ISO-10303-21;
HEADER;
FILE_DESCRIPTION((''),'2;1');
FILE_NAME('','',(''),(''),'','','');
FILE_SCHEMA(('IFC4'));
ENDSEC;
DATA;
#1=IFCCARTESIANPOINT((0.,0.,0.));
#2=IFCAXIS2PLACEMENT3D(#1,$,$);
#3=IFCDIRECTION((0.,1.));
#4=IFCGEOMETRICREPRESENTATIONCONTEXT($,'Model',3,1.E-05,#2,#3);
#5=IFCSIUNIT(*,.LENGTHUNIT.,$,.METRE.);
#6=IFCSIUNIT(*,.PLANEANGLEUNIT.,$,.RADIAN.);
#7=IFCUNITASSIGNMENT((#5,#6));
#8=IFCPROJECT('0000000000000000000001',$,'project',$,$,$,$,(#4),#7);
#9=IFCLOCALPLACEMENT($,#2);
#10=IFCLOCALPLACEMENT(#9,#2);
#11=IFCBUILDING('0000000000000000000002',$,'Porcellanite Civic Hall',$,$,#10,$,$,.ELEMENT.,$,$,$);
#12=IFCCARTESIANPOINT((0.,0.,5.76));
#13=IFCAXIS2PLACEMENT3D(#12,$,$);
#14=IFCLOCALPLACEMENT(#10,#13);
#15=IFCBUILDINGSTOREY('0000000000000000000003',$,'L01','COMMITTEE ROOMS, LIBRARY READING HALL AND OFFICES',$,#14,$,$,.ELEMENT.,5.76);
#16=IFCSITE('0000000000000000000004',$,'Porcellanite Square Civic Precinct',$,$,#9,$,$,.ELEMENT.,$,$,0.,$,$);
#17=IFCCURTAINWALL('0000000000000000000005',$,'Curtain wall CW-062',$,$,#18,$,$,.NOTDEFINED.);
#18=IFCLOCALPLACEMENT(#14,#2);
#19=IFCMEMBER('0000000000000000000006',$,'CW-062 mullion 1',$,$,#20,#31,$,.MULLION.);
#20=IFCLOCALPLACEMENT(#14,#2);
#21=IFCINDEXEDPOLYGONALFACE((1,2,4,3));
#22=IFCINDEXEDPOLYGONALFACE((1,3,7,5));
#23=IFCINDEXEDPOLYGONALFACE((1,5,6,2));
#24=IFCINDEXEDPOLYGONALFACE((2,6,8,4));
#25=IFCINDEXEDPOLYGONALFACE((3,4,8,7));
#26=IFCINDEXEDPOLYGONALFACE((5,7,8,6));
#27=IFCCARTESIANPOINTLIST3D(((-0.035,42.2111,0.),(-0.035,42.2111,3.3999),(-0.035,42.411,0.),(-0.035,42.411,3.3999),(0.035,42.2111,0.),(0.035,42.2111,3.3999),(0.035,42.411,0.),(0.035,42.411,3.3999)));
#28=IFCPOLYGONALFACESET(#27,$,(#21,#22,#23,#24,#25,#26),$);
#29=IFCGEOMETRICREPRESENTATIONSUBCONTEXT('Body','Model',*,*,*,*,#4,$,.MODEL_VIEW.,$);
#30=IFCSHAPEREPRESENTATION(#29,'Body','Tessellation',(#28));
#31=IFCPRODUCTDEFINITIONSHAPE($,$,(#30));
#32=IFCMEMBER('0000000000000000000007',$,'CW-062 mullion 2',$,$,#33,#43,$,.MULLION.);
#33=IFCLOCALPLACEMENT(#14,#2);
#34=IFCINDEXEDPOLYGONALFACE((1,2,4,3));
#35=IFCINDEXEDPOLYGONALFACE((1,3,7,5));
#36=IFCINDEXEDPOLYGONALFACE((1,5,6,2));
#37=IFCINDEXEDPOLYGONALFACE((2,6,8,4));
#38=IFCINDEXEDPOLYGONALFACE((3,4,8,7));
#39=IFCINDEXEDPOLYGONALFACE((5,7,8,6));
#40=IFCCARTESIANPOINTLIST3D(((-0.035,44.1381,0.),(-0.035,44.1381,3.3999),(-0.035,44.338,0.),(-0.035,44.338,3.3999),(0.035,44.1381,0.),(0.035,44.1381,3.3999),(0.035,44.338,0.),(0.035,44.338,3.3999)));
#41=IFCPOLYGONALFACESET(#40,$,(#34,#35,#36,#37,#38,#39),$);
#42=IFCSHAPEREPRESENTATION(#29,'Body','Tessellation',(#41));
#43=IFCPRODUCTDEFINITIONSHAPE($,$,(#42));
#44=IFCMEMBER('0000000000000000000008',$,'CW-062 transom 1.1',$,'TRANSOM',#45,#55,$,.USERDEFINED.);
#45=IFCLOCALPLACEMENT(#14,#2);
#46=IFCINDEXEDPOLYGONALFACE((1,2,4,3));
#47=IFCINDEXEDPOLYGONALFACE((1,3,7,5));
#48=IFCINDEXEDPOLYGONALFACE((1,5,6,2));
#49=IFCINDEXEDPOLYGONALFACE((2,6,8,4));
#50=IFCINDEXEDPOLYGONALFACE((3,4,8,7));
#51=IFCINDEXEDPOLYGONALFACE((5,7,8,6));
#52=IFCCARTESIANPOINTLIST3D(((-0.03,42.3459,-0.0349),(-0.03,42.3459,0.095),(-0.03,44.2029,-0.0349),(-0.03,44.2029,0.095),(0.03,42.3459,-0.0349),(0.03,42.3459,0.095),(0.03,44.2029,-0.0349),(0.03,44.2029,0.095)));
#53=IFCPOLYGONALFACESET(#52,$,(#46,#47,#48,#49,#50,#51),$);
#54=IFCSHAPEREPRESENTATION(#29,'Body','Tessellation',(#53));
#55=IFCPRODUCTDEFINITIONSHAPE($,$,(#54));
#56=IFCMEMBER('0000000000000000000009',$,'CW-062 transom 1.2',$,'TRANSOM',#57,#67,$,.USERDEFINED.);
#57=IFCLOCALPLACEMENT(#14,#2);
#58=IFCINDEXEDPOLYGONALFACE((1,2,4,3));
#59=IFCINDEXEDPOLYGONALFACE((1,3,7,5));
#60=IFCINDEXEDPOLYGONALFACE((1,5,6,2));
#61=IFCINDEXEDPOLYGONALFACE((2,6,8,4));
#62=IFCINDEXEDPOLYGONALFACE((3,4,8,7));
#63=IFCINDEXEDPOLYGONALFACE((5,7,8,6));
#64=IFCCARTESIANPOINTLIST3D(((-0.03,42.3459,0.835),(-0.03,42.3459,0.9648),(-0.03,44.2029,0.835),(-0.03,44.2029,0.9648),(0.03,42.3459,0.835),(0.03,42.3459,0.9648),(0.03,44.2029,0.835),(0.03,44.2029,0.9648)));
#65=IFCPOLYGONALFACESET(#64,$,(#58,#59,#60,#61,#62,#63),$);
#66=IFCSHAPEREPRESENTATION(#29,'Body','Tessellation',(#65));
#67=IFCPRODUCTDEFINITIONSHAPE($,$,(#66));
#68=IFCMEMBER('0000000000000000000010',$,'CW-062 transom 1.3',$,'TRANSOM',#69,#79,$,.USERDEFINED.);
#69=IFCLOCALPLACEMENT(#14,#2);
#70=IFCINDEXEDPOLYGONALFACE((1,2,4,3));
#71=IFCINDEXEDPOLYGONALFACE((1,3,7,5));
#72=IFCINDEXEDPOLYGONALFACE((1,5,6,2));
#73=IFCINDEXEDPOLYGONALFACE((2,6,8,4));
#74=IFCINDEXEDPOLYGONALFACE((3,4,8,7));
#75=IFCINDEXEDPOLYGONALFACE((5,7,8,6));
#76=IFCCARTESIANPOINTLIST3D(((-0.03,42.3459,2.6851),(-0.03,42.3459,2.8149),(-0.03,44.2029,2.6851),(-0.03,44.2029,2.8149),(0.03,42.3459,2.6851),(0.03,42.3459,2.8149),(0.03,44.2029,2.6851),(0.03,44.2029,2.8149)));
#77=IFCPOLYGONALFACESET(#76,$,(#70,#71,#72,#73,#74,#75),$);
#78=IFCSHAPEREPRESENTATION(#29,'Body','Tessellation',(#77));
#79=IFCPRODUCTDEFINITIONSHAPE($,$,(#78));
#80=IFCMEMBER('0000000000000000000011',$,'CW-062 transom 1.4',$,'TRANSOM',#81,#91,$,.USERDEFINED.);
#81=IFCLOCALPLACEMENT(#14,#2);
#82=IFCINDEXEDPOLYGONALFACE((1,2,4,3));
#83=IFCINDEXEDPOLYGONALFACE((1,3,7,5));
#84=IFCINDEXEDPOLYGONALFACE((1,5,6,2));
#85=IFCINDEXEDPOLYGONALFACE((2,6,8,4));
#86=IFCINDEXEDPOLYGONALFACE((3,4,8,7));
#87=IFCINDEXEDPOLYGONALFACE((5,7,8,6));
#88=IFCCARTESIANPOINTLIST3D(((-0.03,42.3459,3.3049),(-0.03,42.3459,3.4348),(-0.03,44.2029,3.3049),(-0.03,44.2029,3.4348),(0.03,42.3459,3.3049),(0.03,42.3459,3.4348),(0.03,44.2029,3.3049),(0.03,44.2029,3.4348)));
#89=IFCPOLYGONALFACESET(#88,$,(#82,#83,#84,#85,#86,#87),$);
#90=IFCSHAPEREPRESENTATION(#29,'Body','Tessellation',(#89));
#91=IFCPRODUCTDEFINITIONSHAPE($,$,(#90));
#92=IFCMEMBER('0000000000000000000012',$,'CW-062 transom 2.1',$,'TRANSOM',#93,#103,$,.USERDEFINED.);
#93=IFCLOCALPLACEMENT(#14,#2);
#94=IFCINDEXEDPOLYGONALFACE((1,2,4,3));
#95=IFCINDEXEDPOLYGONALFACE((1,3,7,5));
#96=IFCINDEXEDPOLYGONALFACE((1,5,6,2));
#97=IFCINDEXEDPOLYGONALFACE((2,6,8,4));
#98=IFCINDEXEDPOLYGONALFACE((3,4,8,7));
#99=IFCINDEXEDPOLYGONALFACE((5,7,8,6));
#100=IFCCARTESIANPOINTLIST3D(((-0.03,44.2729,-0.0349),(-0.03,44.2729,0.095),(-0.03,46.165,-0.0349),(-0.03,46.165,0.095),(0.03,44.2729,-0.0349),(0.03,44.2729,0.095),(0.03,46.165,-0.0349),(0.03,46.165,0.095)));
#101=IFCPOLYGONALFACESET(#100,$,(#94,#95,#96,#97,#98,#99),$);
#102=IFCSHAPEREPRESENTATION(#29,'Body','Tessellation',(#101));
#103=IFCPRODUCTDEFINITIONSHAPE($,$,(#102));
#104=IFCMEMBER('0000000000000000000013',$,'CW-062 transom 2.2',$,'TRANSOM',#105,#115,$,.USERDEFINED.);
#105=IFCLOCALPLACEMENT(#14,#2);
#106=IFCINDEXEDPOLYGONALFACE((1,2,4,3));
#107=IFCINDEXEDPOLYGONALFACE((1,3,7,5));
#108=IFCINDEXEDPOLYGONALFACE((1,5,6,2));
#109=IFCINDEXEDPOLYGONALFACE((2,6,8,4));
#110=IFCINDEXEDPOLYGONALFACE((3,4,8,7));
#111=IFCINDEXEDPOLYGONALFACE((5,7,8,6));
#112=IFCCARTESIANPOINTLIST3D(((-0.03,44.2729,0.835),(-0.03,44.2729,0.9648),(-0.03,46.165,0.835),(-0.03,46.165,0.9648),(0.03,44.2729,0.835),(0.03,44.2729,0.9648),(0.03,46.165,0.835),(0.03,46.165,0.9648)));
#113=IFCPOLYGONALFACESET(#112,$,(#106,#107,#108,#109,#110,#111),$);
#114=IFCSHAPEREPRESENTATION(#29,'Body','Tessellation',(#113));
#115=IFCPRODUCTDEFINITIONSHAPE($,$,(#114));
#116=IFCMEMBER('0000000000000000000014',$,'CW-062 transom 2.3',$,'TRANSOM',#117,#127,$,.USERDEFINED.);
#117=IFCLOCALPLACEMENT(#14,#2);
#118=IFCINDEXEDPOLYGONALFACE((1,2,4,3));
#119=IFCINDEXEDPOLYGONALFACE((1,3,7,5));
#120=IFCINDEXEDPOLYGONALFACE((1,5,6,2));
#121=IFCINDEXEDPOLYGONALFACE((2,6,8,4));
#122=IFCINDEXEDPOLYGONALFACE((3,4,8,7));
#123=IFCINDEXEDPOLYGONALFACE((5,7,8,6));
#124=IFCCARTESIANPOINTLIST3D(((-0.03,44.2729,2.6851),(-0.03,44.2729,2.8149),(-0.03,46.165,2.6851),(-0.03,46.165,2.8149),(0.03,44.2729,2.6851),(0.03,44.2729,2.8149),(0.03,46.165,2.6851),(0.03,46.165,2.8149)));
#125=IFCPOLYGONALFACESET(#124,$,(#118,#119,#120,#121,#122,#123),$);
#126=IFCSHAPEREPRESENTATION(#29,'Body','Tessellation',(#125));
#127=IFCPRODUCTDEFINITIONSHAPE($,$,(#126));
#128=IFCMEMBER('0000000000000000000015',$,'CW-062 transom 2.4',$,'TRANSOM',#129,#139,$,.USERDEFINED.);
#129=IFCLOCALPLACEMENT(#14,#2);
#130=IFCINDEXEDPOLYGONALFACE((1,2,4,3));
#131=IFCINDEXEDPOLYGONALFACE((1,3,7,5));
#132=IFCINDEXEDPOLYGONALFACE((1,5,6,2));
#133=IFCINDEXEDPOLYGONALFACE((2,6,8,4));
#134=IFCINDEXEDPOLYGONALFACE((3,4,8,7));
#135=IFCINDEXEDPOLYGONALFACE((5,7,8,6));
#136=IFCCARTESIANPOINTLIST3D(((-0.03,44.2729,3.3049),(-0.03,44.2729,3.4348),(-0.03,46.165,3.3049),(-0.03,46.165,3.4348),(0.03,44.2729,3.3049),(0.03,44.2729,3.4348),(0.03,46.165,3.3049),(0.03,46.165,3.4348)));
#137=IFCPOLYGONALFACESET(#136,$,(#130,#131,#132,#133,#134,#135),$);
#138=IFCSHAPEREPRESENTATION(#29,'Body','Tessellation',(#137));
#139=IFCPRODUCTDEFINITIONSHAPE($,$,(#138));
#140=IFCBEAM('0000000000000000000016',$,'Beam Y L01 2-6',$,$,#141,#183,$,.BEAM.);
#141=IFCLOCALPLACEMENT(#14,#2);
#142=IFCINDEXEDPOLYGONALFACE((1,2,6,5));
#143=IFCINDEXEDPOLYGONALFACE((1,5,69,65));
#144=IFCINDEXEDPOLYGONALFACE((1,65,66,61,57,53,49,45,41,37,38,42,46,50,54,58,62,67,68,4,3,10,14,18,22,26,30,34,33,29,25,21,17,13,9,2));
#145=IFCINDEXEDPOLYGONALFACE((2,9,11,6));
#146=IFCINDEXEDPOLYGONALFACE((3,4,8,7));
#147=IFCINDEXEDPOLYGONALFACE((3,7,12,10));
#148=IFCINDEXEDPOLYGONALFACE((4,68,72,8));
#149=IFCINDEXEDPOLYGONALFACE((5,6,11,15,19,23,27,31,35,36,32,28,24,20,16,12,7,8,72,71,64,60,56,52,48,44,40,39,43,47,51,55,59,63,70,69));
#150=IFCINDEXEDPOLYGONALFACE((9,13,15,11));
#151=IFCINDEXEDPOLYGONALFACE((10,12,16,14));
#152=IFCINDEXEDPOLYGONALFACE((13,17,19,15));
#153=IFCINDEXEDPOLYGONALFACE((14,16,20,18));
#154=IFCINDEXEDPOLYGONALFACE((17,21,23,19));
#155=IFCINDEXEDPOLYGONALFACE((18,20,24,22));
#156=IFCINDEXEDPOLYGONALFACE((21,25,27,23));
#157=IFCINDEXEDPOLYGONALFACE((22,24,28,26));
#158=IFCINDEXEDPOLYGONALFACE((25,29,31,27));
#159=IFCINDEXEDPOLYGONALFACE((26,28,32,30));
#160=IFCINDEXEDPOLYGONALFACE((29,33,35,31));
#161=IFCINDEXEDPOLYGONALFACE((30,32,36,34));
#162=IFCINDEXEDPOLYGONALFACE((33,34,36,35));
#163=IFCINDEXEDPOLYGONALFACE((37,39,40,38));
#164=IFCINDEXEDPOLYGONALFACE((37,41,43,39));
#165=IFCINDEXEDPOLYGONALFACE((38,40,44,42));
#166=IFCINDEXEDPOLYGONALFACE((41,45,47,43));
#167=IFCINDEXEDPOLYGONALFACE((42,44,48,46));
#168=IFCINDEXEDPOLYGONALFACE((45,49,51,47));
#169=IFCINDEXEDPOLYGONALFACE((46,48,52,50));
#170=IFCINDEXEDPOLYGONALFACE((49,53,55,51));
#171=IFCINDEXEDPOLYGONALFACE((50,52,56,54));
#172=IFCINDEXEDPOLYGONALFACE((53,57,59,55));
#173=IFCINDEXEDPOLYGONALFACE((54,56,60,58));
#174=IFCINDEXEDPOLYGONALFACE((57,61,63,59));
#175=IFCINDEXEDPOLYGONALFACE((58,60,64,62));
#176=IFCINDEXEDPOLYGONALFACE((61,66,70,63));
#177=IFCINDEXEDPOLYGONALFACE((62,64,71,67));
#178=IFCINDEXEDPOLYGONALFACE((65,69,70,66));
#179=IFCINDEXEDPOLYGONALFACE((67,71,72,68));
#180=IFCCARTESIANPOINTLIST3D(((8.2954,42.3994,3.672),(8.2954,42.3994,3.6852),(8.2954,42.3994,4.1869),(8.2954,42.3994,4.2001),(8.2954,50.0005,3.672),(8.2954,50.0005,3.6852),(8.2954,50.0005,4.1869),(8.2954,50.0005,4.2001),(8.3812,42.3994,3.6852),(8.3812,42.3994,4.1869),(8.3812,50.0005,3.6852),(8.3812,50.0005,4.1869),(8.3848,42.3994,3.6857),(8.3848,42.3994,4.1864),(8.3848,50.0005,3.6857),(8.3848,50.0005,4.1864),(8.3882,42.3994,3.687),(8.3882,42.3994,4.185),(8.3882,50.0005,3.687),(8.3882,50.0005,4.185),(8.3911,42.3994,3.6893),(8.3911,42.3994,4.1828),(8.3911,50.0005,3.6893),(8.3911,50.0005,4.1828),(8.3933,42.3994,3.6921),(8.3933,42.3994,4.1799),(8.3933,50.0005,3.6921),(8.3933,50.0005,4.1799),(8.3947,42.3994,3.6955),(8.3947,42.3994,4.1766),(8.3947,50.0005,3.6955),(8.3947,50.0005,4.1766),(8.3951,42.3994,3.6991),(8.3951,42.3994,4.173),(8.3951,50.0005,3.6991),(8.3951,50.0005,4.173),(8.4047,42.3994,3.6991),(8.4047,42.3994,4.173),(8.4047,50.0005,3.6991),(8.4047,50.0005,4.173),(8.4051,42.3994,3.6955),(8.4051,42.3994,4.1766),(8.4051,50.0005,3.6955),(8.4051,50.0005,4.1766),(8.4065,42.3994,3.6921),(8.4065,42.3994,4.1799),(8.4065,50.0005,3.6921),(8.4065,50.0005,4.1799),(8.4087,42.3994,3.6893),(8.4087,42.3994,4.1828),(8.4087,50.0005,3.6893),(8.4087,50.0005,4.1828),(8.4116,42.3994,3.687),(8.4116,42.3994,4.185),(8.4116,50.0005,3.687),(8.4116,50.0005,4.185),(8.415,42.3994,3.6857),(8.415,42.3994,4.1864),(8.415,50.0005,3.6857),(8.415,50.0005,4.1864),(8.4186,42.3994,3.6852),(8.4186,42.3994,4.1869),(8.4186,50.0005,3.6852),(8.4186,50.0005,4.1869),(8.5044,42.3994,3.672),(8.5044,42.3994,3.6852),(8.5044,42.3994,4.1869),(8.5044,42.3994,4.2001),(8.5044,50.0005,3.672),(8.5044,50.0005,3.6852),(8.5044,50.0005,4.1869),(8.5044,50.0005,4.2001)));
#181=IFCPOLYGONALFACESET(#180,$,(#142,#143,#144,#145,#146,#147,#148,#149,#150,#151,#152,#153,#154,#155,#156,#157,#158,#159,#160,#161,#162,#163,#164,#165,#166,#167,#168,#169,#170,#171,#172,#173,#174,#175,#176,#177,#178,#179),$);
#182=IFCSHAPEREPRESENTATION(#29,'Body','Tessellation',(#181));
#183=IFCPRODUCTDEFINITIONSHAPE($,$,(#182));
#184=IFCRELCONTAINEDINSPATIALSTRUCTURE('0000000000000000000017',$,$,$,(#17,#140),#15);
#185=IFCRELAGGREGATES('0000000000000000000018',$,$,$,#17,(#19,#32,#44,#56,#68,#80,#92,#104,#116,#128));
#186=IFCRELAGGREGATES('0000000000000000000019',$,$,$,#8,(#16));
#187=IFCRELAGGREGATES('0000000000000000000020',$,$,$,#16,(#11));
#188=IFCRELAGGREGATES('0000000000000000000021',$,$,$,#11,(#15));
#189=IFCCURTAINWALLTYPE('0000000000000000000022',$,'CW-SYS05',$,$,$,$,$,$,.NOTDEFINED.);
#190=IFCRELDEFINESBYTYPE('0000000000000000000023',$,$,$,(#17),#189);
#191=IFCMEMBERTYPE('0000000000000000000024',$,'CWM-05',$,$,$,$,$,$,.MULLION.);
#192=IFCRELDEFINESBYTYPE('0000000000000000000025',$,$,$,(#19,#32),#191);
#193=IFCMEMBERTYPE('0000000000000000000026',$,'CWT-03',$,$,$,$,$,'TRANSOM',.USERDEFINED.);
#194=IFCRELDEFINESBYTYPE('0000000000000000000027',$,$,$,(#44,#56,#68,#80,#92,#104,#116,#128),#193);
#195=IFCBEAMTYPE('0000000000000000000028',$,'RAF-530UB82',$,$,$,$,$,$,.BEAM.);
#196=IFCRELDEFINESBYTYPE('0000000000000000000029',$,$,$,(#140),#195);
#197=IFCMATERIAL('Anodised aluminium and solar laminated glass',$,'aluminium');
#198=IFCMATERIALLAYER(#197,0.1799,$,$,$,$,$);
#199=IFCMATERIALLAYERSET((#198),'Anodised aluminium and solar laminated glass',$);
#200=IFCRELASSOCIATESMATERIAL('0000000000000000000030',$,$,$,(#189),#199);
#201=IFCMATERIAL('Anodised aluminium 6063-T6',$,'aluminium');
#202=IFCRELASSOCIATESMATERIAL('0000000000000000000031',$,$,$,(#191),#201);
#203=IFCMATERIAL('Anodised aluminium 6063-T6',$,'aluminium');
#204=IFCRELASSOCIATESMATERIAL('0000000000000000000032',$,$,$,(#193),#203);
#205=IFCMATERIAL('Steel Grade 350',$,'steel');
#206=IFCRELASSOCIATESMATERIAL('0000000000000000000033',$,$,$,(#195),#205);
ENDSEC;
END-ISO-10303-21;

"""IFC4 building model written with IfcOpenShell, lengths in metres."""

from ifc_helpers import new_model, si_unit, direction, frame, origin, origin_2d, place, context, subcontext, project, spatial, rectangle, i_section, extrude, material, layer, layer_set, material_profile, profile_set, type_object, element, aggregate, save


model = new_model("IFC4")

# Units and contexts
model_context = context("Model", 3, precision=1e-05, world=origin(), true_north=direction((0.0, 1.0)))
body_context = subcontext(model_context, "Body", "Model", "MODEL_VIEW")
ifc_project = project(units=[si_unit("LENGTHUNIT", "METRE"), si_unit("PLANEANGLEUNIT", "RADIAN")], contexts=[model_context])

# Site, building, storey
site_placement = place(None, origin())
site = spatial("IfcSite", under=ifc_project, at=site_placement, Name="Porcellanite Square Civic Precinct", CompositionType="ELEMENT", RefElevation=0.0)
building_placement = place(site_placement, origin())
building = spatial("IfcBuilding", under=site, at=building_placement, Name="Porcellanite Civic Hall", CompositionType="ELEMENT")
storey_placement = place(building_placement, frame((0.0, 0.0, 5.76)))
storey = spatial("IfcBuildingStorey", under=building, at=storey_placement, Name="L01", Description="COMMITTEE ROOMS, LIBRARY READING HALL AND OFFICES", CompositionType="ELEMENT", Elevation=5.76)

# Curtain wall, members
ifc_material_1 = material(Name="Anodised aluminium and solar laminated glass", Category="aluminium")
ifc_layer_1 = layer(ifc_material_1, 0.1799)
ifc_layer_set_1 = layer_set([ifc_layer_1], Name="Anodised aluminium and solar laminated glass")
curtain_wall_type = type_object("IfcCurtainWallType", Name="CW-SYS05", PredefinedType="NOTDEFINED", material=ifc_layer_set_1)
curtain_wall_placement = place(storey_placement, origin())
curtain_wall = element("IfcCurtainWall", 1, at=curtain_wall_placement, inside=storey, type_object=curtain_wall_type, Name="Curtain wall CW-062", PredefinedType="NOTDEFINED")
ifc_material_2 = material(Name="Anodised aluminium 6063-T6", Category="aluminium")
ifc_material_profile_1 = material_profile(ifc_material_2, rectangle(XDim=0.0701, YDim=0.2, at=origin_2d()), Name="AL-70x200")
ifc_profile_set_1 = profile_set([ifc_material_profile_1], Name="Anodised aluminium 6063-T6")
member_type_1 = type_object("IfcMemberType", Name="CWM-05", PredefinedType="MULLION", material=ifc_profile_set_1)
member_1_placement = place(storey_placement, frame((0.0, 42.311, 0.0), z_axis=(0.0, 0.0, 1.0), x_axis=(-1.0, 0.0, 0.0)))
member_1 = element("IfcMember", 2, at=member_1_placement, type_object=member_type_1, Name="CW-062 mullion 1", PredefinedType="MULLION", context=body_context, shape_type="SweptSolid", body=[
    extrude(rectangle(XDim=0.0701, YDim=0.2, at=origin_2d()), origin(), (0.0, 0.0, 1.0), 3.3999),
])
member_2_placement = place(storey_placement, frame((0.0, 44.238, 0.0), z_axis=(0.0, 0.0, 1.0), x_axis=(-1.0, 0.0, 0.0)))
member_2 = element("IfcMember", 3, at=member_2_placement, type_object=member_type_1, Name="CW-062 mullion 2", PredefinedType="MULLION", context=body_context, shape_type="SweptSolid", body=[
    extrude(rectangle(XDim=0.0701, YDim=0.2, at=origin_2d()), origin(), (0.0, 0.0, 1.0), 3.3999),
])
ifc_material_3 = material(Name="Anodised aluminium 6063-T6", Category="aluminium")
ifc_material_profile_2 = material_profile(ifc_material_3, rectangle(XDim=0.0601, YDim=0.1299, at=origin_2d()), Name="AL-60x130")
ifc_profile_set_2 = profile_set([ifc_material_profile_2], Name="Anodised aluminium 6063-T6")
member_type_2 = type_object("IfcMemberType", Name="CWT-03", ElementType="TRANSOM", PredefinedType="USERDEFINED", material=ifc_profile_set_2)
member_3_placement = place(storey_placement, frame((0.0, 42.3459, 0.03), z_axis=(0.0, 1.0, 0.0), x_axis=(-1.0, 0.0, 0.0)))
member_3 = element("IfcMember", 4, at=member_3_placement, type_object=member_type_2, Name="CW-062 transom 1.1", ObjectType="TRANSOM", PredefinedType="USERDEFINED", context=body_context, shape_type="SweptSolid", body=[
    extrude(rectangle(XDim=0.0601, YDim=0.1299, at=origin_2d()), origin(), (0.0, 0.0, 1.0), 1.8569),
])
member_4_placement = place(storey_placement, frame((0.0, 42.3459, 0.8999), z_axis=(0.0, 1.0, 0.0), x_axis=(-1.0, 0.0, 0.0)))
member_4 = element("IfcMember", 5, at=member_4_placement, type_object=member_type_2, Name="CW-062 transom 1.2", ObjectType="TRANSOM", PredefinedType="USERDEFINED", context=body_context, shape_type="SweptSolid", body=[
    extrude(rectangle(XDim=0.0601, YDim=0.1299, at=origin_2d()), origin(), (0.0, 0.0, 1.0), 1.8569),
])
member_5_placement = place(storey_placement, frame((0.0, 42.3459, 2.75), z_axis=(0.0, 1.0, 0.0), x_axis=(-1.0, 0.0, 0.0)))
member_5 = element("IfcMember", 6, at=member_5_placement, type_object=member_type_2, Name="CW-062 transom 1.3", ObjectType="TRANSOM", PredefinedType="USERDEFINED", context=body_context, shape_type="SweptSolid", body=[
    extrude(rectangle(XDim=0.0601, YDim=0.1299, at=origin_2d()), origin(), (0.0, 0.0, 1.0), 1.8569),
])
member_6_placement = place(storey_placement, frame((0.0, 42.3459, 3.3699), z_axis=(0.0, 1.0, 0.0), x_axis=(-1.0, 0.0, 0.0)))
member_6 = element("IfcMember", 7, at=member_6_placement, type_object=member_type_2, Name="CW-062 transom 1.4", ObjectType="TRANSOM", PredefinedType="USERDEFINED", context=body_context, shape_type="SweptSolid", body=[
    extrude(rectangle(XDim=0.0601, YDim=0.1299, at=origin_2d()), origin(), (0.0, 0.0, 1.0), 1.8569),
])
member_7_placement = place(storey_placement, frame((0.0, 44.2729, 0.03), z_axis=(0.0, 1.0, 0.0), x_axis=(-1.0, 0.0, 0.0)))
member_7 = element("IfcMember", 8, at=member_7_placement, type_object=member_type_2, Name="CW-062 transom 2.1", ObjectType="TRANSOM", PredefinedType="USERDEFINED", context=body_context, shape_type="SweptSolid", body=[
    extrude(rectangle(XDim=0.0601, YDim=0.1299, at=origin_2d()), origin(), (0.0, 0.0, 1.0), 1.8921),
])
member_8_placement = place(storey_placement, frame((0.0, 44.2729, 0.8999), z_axis=(0.0, 1.0, 0.0), x_axis=(-1.0, 0.0, 0.0)))
member_8 = element("IfcMember", 9, at=member_8_placement, type_object=member_type_2, Name="CW-062 transom 2.2", ObjectType="TRANSOM", PredefinedType="USERDEFINED", context=body_context, shape_type="SweptSolid", body=[
    extrude(rectangle(XDim=0.0601, YDim=0.1299, at=origin_2d()), origin(), (0.0, 0.0, 1.0), 1.8921),
])
member_9_placement = place(storey_placement, frame((0.0, 44.2729, 2.75), z_axis=(0.0, 1.0, 0.0), x_axis=(-1.0, 0.0, 0.0)))
member_9 = element("IfcMember", 10, at=member_9_placement, type_object=member_type_2, Name="CW-062 transom 2.3", ObjectType="TRANSOM", PredefinedType="USERDEFINED", context=body_context, shape_type="SweptSolid", body=[
    extrude(rectangle(XDim=0.0601, YDim=0.1299, at=origin_2d()), origin(), (0.0, 0.0, 1.0), 1.8921),
])
member_10_placement = place(storey_placement, frame((0.0, 44.2729, 3.3699), z_axis=(0.0, 1.0, 0.0), x_axis=(-1.0, 0.0, 0.0)))
member_10 = element("IfcMember", 11, at=member_10_placement, type_object=member_type_2, Name="CW-062 transom 2.4", ObjectType="TRANSOM", PredefinedType="USERDEFINED", context=body_context, shape_type="SweptSolid", body=[
    extrude(rectangle(XDim=0.0601, YDim=0.1299, at=origin_2d()), origin(), (0.0, 0.0, 1.0), 1.8921),
])

# Beam
ifc_material_4 = material(Name="Steel Grade 350", Category="steel")
ifc_material_profile_3 = material_profile(ifc_material_4, i_section(OverallWidth=0.209, OverallDepth=0.5281, WebThickness=0.0095, FlangeThickness=0.0132, FilletRadius=0.0139, at=origin_2d()), Name="530UB82.0")
ifc_profile_set_3 = profile_set([ifc_material_profile_3], Name="Steel Grade 350")
beam_type = type_object("IfcBeamType", Name="RAF-530UB82", PredefinedType="BEAM", material=ifc_profile_set_3)
beam_placement = place(storey_placement, frame((8.3999, 42.3994, 3.936), z_axis=(0.0, 1.0, 0.0), x_axis=(-1.0, 0.0, 0.0)))
element("IfcBeam", 12, at=beam_placement, inside=storey, type_object=beam_type, Name="Beam Y L01 2-6", PredefinedType="BEAM", context=body_context, shape_type="SweptSolid", body=[
    extrude(i_section(OverallWidth=0.209, OverallDepth=0.5281, WebThickness=0.0095, FlangeThickness=0.0132, FilletRadius=0.0139, at=origin_2d()), origin(), (0.0, 0.0, 1.0), 7.6011),
])

aggregate(curtain_wall, [member_1, member_2, member_3, member_4, member_5, member_6, member_7, member_8, member_9, member_10])

save(model, "model.ifc")
